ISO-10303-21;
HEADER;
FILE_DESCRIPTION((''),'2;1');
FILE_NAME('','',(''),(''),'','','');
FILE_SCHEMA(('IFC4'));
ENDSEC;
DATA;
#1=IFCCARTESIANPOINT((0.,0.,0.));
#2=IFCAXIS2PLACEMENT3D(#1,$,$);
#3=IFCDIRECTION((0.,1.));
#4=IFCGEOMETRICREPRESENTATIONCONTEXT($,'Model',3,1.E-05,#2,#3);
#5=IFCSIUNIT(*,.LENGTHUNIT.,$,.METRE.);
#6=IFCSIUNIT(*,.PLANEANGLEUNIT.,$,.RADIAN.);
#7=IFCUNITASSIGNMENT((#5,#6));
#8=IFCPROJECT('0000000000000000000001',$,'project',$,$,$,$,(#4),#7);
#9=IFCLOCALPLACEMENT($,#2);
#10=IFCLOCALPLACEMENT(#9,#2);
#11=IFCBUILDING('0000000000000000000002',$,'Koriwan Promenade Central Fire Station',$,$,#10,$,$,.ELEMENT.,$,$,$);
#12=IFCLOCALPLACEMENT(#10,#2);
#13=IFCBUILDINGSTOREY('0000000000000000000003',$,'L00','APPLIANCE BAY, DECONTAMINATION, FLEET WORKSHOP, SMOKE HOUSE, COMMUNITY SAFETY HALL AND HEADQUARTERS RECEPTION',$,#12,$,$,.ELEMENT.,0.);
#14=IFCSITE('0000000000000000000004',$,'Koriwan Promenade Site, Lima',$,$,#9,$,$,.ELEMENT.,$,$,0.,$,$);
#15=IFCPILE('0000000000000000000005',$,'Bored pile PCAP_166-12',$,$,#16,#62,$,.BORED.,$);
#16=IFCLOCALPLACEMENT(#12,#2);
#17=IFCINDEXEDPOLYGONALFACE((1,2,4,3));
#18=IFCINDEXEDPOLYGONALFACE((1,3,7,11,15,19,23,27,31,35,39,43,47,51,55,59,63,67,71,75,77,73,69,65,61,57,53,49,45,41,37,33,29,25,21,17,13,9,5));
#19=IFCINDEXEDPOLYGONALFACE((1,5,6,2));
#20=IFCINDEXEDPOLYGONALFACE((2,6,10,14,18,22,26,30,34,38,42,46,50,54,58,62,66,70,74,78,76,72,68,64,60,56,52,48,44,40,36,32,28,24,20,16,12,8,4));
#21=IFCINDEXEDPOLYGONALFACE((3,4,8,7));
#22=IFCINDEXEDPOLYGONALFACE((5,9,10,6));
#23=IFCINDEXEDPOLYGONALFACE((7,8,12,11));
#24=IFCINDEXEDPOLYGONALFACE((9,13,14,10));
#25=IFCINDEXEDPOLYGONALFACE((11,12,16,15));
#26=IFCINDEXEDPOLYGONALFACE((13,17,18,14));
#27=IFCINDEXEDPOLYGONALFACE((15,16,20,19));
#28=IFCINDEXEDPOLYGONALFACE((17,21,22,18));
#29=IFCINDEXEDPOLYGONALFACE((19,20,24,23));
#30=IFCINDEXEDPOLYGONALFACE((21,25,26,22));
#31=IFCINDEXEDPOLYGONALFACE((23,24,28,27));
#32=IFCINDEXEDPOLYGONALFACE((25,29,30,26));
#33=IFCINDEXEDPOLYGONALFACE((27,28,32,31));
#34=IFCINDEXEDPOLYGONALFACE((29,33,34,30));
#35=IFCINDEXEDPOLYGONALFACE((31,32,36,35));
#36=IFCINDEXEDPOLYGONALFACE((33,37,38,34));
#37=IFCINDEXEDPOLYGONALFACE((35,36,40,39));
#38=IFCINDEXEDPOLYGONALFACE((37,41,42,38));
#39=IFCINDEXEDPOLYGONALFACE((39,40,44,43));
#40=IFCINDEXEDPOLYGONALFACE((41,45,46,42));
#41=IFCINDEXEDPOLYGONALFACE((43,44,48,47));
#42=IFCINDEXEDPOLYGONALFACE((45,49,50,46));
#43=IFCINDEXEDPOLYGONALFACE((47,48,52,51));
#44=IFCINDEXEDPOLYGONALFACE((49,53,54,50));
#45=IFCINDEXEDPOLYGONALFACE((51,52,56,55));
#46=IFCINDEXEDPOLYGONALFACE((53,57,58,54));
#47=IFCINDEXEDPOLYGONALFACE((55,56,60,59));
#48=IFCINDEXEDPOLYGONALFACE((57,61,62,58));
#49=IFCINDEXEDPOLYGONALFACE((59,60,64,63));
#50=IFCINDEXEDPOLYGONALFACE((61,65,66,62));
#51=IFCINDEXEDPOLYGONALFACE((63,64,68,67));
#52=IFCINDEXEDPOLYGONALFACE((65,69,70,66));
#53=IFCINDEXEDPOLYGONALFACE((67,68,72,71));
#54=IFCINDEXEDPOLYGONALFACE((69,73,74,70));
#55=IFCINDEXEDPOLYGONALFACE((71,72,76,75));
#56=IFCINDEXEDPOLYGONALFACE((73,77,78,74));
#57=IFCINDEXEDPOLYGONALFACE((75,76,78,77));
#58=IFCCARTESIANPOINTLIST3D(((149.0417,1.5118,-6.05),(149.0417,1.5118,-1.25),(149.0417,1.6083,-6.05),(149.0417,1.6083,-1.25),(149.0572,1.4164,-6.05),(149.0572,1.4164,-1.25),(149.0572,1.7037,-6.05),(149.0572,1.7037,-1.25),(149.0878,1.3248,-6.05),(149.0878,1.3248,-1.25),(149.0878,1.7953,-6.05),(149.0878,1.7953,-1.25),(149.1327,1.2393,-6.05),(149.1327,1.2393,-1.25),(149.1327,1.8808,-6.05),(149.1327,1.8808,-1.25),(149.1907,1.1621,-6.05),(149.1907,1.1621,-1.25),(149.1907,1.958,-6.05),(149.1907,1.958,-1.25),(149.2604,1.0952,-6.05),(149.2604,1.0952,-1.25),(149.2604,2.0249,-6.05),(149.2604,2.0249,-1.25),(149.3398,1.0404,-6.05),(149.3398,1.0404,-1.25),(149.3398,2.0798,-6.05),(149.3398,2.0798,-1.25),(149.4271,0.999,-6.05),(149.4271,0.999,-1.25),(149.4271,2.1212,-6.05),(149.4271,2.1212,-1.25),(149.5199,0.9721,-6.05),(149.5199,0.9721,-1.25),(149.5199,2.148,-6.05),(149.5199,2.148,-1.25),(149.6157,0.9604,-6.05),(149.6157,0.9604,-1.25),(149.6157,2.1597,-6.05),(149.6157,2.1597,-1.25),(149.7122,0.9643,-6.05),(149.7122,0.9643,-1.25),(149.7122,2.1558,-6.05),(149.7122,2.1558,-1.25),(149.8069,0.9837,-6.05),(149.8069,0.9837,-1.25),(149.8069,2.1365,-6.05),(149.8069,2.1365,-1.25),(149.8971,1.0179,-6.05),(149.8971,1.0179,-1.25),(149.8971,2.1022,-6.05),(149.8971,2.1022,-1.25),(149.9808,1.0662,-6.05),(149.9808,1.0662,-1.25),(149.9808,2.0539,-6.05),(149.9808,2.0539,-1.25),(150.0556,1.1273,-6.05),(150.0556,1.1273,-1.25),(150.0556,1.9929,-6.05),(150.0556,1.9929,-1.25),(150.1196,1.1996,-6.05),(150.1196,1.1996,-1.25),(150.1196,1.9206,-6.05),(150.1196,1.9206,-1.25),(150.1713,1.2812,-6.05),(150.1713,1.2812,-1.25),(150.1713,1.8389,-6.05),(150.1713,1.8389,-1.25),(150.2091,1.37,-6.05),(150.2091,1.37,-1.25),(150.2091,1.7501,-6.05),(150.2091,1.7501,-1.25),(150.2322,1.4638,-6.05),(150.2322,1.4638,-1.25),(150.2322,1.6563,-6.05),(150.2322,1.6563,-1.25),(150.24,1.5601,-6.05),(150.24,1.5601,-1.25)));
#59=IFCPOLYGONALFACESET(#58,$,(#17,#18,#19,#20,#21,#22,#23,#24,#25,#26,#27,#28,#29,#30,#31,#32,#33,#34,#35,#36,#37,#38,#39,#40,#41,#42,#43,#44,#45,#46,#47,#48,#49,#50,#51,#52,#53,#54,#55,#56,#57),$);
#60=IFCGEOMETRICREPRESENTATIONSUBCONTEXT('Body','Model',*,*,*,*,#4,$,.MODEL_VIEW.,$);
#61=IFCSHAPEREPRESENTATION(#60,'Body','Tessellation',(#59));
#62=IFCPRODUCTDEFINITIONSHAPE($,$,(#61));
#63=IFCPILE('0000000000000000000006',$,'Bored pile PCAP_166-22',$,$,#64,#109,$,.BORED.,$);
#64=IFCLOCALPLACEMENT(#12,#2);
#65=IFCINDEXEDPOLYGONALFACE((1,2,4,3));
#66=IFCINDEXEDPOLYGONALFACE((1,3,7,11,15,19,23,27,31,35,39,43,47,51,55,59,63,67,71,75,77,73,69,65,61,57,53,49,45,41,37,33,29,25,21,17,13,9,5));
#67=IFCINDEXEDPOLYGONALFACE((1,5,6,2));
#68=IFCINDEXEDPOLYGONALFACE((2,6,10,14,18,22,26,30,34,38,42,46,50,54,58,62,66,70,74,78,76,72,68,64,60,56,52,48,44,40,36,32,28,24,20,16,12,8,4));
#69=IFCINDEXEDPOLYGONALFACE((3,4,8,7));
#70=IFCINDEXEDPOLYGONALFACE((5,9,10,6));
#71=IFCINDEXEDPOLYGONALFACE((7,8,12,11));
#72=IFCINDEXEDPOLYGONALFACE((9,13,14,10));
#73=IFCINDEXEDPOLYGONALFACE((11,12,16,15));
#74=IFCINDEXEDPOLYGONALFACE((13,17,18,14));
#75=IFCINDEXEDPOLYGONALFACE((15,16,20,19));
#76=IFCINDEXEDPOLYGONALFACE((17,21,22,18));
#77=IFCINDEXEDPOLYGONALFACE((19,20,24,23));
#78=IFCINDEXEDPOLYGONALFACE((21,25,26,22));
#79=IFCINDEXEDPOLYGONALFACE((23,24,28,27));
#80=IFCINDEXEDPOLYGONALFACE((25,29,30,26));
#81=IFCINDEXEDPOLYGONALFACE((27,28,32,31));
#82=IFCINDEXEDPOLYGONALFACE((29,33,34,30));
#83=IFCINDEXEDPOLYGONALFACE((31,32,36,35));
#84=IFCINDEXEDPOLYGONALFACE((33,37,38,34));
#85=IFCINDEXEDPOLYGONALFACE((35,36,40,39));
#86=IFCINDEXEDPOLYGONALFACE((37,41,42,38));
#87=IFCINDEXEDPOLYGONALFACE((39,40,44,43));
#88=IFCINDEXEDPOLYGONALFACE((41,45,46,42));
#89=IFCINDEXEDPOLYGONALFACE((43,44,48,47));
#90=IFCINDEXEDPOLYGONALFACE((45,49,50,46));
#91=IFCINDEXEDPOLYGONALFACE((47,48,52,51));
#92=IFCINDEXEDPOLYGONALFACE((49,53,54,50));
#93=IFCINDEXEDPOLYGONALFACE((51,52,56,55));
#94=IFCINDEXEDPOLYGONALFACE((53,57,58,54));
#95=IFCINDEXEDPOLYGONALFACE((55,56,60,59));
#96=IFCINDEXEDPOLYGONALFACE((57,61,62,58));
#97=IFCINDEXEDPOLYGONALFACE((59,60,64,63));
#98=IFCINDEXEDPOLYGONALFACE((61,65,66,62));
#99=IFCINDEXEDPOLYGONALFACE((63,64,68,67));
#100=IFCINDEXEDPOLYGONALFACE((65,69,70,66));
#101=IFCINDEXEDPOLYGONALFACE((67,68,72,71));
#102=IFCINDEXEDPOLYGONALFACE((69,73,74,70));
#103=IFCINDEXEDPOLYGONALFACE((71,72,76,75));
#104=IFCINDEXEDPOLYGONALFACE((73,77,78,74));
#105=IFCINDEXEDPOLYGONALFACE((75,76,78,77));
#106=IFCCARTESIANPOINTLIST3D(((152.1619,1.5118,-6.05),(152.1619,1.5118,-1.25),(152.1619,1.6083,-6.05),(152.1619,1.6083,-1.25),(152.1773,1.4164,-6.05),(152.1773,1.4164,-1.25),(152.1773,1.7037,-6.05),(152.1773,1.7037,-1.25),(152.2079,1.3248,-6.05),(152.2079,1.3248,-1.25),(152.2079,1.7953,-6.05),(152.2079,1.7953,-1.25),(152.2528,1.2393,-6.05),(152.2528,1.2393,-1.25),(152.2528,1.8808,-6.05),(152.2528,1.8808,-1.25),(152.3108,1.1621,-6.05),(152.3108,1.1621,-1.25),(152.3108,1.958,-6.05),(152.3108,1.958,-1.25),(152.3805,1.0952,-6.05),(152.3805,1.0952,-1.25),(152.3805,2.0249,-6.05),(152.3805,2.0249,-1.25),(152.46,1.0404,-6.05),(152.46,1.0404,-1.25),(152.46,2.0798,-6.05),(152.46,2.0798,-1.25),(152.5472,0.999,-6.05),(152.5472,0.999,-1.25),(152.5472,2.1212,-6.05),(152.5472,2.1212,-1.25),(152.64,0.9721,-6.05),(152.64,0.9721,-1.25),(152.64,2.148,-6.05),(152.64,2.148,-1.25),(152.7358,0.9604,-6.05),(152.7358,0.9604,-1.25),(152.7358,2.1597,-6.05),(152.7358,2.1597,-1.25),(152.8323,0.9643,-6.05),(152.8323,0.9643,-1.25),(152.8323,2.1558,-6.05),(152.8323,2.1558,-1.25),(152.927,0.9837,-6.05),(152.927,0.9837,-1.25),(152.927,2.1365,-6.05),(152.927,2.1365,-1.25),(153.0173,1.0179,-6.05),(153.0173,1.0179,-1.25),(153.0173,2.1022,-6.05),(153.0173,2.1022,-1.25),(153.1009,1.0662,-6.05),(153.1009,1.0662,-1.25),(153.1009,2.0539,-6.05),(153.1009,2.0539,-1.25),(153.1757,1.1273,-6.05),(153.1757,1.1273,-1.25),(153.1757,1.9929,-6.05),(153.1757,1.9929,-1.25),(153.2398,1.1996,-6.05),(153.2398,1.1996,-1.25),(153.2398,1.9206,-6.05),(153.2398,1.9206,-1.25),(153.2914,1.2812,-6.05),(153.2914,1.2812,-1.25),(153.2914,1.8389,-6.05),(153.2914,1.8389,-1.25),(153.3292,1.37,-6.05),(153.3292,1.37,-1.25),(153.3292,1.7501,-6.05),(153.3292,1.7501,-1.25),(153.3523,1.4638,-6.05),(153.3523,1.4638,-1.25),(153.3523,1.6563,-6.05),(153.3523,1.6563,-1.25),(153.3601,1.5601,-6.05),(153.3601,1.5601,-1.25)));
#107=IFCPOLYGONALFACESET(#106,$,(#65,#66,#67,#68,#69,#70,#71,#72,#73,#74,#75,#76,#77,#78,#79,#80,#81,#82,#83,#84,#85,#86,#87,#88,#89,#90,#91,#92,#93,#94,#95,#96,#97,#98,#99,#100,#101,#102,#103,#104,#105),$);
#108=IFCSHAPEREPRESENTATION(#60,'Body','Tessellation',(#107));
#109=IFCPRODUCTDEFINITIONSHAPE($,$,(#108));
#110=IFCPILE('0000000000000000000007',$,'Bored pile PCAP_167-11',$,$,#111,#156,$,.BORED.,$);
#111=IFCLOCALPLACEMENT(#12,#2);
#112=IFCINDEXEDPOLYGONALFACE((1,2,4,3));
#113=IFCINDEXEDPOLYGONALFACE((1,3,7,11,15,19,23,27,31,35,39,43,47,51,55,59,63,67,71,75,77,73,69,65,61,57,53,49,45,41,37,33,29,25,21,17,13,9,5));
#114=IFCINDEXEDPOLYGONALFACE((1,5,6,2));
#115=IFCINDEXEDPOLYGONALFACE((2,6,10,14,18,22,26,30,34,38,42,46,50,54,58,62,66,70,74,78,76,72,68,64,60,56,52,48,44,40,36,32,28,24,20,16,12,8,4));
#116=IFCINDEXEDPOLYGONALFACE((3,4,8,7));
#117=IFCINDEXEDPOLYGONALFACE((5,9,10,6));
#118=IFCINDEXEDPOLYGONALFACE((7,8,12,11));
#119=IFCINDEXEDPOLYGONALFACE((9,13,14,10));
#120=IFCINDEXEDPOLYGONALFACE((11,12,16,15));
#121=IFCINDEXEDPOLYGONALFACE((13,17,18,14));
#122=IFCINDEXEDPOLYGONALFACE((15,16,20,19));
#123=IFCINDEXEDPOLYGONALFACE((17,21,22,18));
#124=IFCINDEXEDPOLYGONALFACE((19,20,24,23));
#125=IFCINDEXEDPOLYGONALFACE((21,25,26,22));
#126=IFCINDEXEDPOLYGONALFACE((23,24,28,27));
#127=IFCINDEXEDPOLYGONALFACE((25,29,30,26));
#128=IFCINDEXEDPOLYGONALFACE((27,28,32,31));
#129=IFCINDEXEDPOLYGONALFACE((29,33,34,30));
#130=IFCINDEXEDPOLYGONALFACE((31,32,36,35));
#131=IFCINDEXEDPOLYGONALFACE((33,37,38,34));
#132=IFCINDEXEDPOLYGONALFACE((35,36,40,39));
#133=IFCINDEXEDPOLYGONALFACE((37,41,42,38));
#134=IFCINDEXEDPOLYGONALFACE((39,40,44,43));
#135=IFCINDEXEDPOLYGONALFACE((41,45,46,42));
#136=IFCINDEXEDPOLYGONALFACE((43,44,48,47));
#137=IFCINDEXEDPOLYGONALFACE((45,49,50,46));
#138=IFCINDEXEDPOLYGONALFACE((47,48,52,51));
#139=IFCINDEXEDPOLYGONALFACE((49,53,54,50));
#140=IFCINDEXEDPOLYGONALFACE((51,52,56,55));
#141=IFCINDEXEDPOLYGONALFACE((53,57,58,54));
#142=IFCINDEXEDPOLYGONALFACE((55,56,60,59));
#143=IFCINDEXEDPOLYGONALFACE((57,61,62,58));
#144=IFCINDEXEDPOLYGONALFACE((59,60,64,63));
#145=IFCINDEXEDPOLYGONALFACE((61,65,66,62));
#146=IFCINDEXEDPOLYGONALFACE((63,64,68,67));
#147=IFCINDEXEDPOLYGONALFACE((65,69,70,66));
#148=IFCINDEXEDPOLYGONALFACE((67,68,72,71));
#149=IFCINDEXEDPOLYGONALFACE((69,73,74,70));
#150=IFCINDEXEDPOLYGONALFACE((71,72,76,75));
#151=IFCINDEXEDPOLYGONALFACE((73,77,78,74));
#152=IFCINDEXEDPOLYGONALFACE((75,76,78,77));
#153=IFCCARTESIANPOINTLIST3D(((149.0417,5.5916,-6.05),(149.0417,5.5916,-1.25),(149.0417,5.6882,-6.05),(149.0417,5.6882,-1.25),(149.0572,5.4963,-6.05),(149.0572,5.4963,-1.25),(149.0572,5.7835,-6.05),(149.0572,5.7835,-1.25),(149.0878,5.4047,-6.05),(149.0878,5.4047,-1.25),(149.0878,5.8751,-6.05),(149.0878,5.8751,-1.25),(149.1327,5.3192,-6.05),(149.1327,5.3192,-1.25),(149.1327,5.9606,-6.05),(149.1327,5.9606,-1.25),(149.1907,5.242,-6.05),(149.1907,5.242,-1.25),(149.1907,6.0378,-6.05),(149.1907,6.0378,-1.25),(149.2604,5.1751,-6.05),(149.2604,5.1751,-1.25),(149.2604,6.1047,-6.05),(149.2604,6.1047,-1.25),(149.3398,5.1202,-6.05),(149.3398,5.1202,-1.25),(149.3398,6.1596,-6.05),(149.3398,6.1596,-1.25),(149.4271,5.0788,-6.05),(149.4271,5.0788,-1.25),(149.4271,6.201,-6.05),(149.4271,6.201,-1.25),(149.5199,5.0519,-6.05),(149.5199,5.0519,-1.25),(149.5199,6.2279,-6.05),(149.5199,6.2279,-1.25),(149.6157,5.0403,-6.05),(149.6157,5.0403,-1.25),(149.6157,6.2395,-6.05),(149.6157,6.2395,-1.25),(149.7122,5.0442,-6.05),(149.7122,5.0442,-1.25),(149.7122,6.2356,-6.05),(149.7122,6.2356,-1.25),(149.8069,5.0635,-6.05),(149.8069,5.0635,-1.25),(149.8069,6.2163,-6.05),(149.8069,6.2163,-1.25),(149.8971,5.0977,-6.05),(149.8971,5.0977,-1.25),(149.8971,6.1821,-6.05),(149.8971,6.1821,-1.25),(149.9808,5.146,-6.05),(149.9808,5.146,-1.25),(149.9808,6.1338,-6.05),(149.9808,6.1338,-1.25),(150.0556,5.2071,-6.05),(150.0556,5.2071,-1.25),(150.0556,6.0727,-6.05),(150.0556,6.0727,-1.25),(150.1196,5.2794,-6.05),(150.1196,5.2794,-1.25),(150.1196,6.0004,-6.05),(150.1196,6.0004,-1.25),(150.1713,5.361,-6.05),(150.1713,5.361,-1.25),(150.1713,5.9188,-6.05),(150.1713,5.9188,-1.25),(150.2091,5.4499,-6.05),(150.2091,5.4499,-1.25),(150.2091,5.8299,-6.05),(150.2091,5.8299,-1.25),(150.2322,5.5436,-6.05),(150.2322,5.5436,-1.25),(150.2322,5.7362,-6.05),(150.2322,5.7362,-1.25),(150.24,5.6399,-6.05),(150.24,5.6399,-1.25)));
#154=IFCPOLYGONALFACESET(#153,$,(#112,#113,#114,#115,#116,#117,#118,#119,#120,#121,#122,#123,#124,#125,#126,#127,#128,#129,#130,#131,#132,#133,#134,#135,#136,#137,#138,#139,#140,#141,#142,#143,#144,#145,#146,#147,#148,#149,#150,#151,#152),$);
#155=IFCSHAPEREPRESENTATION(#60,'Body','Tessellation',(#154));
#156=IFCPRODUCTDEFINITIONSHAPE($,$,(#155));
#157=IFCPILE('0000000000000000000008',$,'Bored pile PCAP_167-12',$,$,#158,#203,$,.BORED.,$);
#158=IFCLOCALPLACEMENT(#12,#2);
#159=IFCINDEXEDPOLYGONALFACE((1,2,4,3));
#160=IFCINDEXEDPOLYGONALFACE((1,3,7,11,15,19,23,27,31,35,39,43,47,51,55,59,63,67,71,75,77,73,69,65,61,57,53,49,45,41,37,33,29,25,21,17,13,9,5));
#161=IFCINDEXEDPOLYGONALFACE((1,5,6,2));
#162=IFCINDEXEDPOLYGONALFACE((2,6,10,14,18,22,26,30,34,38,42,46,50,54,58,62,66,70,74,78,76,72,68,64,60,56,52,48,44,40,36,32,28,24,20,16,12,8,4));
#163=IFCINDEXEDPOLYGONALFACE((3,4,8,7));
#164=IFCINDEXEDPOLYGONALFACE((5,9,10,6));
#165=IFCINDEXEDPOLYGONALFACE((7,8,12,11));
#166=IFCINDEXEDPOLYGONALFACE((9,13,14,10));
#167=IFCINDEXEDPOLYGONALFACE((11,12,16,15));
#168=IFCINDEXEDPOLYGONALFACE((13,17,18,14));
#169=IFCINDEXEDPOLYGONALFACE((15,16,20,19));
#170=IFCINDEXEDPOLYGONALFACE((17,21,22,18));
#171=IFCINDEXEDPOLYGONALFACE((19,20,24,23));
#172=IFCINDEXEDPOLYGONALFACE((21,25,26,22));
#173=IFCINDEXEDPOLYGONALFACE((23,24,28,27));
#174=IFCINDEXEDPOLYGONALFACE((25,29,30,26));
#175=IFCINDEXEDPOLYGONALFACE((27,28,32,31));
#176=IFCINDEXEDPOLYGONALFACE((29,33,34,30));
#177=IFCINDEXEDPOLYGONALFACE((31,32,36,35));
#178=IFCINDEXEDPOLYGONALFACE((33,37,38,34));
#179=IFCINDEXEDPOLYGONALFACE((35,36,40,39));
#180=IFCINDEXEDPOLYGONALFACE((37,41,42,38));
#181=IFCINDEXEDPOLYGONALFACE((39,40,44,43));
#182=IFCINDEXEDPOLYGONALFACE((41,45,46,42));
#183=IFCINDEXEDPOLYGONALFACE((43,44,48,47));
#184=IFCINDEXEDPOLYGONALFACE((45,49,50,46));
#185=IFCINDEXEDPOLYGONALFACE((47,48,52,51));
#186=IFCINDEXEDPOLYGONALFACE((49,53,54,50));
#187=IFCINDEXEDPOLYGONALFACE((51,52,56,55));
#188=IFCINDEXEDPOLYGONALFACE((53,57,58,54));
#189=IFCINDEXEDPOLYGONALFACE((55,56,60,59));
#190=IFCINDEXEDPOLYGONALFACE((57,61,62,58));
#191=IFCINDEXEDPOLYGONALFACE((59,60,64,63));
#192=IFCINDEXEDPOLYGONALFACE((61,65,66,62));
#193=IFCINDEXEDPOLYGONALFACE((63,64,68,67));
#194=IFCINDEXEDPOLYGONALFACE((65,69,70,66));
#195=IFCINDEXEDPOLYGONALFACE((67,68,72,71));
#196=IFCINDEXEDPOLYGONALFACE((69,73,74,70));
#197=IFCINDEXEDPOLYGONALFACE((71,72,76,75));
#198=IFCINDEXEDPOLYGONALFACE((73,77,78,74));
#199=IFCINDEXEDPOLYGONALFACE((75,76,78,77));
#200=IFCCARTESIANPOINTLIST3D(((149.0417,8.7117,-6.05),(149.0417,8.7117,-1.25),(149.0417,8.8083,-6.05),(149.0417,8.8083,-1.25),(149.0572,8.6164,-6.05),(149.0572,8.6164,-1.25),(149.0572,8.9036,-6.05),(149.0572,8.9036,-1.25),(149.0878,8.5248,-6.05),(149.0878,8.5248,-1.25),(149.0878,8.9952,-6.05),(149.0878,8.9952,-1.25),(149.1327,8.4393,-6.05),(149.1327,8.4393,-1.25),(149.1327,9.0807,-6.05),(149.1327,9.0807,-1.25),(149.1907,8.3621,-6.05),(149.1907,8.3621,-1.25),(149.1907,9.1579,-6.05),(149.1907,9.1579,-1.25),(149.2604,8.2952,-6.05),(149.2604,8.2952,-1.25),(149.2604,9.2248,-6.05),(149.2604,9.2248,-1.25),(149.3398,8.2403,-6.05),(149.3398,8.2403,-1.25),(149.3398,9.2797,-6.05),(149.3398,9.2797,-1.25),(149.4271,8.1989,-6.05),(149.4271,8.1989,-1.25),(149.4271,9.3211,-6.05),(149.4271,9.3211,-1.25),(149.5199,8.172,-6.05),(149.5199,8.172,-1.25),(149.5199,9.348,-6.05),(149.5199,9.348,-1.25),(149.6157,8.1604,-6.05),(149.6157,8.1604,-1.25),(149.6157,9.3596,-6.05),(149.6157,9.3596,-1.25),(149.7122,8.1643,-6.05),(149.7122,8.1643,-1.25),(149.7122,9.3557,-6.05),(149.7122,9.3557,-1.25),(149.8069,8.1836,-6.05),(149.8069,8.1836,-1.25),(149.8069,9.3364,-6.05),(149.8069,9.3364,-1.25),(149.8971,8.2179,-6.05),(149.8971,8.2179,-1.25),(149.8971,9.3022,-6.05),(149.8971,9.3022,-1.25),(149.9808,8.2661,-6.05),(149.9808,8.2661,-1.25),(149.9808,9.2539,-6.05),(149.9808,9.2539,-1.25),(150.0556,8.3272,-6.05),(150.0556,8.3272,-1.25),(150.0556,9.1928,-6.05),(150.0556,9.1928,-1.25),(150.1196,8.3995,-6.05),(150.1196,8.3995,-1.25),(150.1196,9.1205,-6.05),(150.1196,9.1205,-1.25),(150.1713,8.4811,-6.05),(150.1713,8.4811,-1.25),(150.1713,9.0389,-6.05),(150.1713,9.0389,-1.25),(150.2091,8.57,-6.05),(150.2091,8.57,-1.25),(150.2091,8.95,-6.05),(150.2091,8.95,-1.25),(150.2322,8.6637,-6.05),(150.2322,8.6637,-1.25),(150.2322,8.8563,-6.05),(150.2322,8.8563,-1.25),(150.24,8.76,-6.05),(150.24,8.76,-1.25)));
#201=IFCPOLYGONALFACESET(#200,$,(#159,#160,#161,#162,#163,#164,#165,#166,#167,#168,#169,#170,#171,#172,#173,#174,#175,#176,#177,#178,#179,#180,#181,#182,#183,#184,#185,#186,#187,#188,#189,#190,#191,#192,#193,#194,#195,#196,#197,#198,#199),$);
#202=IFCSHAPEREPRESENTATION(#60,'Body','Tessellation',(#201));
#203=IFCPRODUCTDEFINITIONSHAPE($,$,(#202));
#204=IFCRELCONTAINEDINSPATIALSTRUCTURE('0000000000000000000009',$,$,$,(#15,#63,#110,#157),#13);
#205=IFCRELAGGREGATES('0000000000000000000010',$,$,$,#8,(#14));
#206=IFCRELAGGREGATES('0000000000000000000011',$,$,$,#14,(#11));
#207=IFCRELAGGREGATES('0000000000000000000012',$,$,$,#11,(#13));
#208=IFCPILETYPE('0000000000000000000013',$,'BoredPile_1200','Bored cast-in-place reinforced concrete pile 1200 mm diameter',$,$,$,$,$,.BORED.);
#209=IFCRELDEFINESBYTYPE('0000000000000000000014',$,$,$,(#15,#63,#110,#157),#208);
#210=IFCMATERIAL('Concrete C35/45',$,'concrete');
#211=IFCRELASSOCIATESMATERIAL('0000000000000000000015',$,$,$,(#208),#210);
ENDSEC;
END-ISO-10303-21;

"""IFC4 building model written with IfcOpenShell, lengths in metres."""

from ifc_helpers import new_model, si_unit, direction, frame, origin, origin_2d, place, context, subcontext, project, spatial, circle, extrude, material, material_profile, profile_set, type_object, element, save


model = new_model("IFC4")

# Units and contexts
model_context = context("Model", 3, precision=1e-05, world=origin(), true_north=direction((0.0, 1.0)))
body_context = subcontext(model_context, "Body", "Model", "MODEL_VIEW")
ifc_project = project(units=[si_unit("LENGTHUNIT", "METRE"), si_unit("PLANEANGLEUNIT", "RADIAN")], contexts=[model_context])

# Site, building, storey
site_placement = place(None, origin())
site = spatial("IfcSite", under=ifc_project, at=site_placement, Name="Koriwan Promenade Site, Lima", CompositionType="ELEMENT", RefElevation=0.0)
building_placement = place(site_placement, origin())
building = spatial("IfcBuilding", under=site, at=building_placement, Name="Koriwan Promenade Central Fire Station", CompositionType="ELEMENT")
storey_placement = place(building_placement, origin())
storey = spatial("IfcBuildingStorey", under=building, at=storey_placement, Name="L00", Description="APPLIANCE BAY, DECONTAMINATION, FLEET WORKSHOP, SMOKE HOUSE, COMMUNITY SAFETY HALL AND HEADQUARTERS RECEPTION", CompositionType="ELEMENT", Elevation=0.0)

# Piles
ifc_material_1 = material(Name="Concrete C35/45", Category="concrete")
ifc_material_profile_1 = material_profile(ifc_material_1, circle(Radius=0.6001, at=origin_2d()), Name="PILE-D1200")
ifc_profile_set_1 = profile_set([ifc_material_profile_1], Name="Concrete C35/45")
pile_type_1 = type_object("IfcPileType", Name="BoredPile_1200", Description="Bored cast-in-place reinforced concrete pile 1200 mm diameter", PredefinedType="BORED", material=ifc_profile_set_1)
for number, where, z_axis, x_axis, name in (
    (1, (149.6399, 1.5601, -1.25), (0.0, 0.0, -1.0), (1.0, 0.0, 0.0), "Bored pile PCAP_166-12"),
    (2, (152.76, 1.5601, -1.25), (0.0, 0.0, -1.0), (1.0, 0.0, 0.0), "Bored pile PCAP_166-22"),
    (3, (149.6399, 5.6399, -1.25), (0.0, 0.0, -1.0), (1.0, 0.0, 0.0), "Bored pile PCAP_167-11"),
    (4, (149.6399, 8.76, -1.25), (0.0, 0.0, -1.0), (1.0, 0.0, 0.0), "Bored pile PCAP_167-12"),
):
    element("IfcPile", number, at=place(storey_placement, frame(where, z_axis=z_axis, x_axis=x_axis)), inside=storey, type_object=pile_type_1, Name=name, PredefinedType="BORED", context=body_context, shape_type="SweptSolid", body=[
        extrude(circle(Radius=0.6001, at=origin_2d()), origin(), (0.0, 0.0, 1.0), 4.8),
    ])

save(model, "model.ifc")
